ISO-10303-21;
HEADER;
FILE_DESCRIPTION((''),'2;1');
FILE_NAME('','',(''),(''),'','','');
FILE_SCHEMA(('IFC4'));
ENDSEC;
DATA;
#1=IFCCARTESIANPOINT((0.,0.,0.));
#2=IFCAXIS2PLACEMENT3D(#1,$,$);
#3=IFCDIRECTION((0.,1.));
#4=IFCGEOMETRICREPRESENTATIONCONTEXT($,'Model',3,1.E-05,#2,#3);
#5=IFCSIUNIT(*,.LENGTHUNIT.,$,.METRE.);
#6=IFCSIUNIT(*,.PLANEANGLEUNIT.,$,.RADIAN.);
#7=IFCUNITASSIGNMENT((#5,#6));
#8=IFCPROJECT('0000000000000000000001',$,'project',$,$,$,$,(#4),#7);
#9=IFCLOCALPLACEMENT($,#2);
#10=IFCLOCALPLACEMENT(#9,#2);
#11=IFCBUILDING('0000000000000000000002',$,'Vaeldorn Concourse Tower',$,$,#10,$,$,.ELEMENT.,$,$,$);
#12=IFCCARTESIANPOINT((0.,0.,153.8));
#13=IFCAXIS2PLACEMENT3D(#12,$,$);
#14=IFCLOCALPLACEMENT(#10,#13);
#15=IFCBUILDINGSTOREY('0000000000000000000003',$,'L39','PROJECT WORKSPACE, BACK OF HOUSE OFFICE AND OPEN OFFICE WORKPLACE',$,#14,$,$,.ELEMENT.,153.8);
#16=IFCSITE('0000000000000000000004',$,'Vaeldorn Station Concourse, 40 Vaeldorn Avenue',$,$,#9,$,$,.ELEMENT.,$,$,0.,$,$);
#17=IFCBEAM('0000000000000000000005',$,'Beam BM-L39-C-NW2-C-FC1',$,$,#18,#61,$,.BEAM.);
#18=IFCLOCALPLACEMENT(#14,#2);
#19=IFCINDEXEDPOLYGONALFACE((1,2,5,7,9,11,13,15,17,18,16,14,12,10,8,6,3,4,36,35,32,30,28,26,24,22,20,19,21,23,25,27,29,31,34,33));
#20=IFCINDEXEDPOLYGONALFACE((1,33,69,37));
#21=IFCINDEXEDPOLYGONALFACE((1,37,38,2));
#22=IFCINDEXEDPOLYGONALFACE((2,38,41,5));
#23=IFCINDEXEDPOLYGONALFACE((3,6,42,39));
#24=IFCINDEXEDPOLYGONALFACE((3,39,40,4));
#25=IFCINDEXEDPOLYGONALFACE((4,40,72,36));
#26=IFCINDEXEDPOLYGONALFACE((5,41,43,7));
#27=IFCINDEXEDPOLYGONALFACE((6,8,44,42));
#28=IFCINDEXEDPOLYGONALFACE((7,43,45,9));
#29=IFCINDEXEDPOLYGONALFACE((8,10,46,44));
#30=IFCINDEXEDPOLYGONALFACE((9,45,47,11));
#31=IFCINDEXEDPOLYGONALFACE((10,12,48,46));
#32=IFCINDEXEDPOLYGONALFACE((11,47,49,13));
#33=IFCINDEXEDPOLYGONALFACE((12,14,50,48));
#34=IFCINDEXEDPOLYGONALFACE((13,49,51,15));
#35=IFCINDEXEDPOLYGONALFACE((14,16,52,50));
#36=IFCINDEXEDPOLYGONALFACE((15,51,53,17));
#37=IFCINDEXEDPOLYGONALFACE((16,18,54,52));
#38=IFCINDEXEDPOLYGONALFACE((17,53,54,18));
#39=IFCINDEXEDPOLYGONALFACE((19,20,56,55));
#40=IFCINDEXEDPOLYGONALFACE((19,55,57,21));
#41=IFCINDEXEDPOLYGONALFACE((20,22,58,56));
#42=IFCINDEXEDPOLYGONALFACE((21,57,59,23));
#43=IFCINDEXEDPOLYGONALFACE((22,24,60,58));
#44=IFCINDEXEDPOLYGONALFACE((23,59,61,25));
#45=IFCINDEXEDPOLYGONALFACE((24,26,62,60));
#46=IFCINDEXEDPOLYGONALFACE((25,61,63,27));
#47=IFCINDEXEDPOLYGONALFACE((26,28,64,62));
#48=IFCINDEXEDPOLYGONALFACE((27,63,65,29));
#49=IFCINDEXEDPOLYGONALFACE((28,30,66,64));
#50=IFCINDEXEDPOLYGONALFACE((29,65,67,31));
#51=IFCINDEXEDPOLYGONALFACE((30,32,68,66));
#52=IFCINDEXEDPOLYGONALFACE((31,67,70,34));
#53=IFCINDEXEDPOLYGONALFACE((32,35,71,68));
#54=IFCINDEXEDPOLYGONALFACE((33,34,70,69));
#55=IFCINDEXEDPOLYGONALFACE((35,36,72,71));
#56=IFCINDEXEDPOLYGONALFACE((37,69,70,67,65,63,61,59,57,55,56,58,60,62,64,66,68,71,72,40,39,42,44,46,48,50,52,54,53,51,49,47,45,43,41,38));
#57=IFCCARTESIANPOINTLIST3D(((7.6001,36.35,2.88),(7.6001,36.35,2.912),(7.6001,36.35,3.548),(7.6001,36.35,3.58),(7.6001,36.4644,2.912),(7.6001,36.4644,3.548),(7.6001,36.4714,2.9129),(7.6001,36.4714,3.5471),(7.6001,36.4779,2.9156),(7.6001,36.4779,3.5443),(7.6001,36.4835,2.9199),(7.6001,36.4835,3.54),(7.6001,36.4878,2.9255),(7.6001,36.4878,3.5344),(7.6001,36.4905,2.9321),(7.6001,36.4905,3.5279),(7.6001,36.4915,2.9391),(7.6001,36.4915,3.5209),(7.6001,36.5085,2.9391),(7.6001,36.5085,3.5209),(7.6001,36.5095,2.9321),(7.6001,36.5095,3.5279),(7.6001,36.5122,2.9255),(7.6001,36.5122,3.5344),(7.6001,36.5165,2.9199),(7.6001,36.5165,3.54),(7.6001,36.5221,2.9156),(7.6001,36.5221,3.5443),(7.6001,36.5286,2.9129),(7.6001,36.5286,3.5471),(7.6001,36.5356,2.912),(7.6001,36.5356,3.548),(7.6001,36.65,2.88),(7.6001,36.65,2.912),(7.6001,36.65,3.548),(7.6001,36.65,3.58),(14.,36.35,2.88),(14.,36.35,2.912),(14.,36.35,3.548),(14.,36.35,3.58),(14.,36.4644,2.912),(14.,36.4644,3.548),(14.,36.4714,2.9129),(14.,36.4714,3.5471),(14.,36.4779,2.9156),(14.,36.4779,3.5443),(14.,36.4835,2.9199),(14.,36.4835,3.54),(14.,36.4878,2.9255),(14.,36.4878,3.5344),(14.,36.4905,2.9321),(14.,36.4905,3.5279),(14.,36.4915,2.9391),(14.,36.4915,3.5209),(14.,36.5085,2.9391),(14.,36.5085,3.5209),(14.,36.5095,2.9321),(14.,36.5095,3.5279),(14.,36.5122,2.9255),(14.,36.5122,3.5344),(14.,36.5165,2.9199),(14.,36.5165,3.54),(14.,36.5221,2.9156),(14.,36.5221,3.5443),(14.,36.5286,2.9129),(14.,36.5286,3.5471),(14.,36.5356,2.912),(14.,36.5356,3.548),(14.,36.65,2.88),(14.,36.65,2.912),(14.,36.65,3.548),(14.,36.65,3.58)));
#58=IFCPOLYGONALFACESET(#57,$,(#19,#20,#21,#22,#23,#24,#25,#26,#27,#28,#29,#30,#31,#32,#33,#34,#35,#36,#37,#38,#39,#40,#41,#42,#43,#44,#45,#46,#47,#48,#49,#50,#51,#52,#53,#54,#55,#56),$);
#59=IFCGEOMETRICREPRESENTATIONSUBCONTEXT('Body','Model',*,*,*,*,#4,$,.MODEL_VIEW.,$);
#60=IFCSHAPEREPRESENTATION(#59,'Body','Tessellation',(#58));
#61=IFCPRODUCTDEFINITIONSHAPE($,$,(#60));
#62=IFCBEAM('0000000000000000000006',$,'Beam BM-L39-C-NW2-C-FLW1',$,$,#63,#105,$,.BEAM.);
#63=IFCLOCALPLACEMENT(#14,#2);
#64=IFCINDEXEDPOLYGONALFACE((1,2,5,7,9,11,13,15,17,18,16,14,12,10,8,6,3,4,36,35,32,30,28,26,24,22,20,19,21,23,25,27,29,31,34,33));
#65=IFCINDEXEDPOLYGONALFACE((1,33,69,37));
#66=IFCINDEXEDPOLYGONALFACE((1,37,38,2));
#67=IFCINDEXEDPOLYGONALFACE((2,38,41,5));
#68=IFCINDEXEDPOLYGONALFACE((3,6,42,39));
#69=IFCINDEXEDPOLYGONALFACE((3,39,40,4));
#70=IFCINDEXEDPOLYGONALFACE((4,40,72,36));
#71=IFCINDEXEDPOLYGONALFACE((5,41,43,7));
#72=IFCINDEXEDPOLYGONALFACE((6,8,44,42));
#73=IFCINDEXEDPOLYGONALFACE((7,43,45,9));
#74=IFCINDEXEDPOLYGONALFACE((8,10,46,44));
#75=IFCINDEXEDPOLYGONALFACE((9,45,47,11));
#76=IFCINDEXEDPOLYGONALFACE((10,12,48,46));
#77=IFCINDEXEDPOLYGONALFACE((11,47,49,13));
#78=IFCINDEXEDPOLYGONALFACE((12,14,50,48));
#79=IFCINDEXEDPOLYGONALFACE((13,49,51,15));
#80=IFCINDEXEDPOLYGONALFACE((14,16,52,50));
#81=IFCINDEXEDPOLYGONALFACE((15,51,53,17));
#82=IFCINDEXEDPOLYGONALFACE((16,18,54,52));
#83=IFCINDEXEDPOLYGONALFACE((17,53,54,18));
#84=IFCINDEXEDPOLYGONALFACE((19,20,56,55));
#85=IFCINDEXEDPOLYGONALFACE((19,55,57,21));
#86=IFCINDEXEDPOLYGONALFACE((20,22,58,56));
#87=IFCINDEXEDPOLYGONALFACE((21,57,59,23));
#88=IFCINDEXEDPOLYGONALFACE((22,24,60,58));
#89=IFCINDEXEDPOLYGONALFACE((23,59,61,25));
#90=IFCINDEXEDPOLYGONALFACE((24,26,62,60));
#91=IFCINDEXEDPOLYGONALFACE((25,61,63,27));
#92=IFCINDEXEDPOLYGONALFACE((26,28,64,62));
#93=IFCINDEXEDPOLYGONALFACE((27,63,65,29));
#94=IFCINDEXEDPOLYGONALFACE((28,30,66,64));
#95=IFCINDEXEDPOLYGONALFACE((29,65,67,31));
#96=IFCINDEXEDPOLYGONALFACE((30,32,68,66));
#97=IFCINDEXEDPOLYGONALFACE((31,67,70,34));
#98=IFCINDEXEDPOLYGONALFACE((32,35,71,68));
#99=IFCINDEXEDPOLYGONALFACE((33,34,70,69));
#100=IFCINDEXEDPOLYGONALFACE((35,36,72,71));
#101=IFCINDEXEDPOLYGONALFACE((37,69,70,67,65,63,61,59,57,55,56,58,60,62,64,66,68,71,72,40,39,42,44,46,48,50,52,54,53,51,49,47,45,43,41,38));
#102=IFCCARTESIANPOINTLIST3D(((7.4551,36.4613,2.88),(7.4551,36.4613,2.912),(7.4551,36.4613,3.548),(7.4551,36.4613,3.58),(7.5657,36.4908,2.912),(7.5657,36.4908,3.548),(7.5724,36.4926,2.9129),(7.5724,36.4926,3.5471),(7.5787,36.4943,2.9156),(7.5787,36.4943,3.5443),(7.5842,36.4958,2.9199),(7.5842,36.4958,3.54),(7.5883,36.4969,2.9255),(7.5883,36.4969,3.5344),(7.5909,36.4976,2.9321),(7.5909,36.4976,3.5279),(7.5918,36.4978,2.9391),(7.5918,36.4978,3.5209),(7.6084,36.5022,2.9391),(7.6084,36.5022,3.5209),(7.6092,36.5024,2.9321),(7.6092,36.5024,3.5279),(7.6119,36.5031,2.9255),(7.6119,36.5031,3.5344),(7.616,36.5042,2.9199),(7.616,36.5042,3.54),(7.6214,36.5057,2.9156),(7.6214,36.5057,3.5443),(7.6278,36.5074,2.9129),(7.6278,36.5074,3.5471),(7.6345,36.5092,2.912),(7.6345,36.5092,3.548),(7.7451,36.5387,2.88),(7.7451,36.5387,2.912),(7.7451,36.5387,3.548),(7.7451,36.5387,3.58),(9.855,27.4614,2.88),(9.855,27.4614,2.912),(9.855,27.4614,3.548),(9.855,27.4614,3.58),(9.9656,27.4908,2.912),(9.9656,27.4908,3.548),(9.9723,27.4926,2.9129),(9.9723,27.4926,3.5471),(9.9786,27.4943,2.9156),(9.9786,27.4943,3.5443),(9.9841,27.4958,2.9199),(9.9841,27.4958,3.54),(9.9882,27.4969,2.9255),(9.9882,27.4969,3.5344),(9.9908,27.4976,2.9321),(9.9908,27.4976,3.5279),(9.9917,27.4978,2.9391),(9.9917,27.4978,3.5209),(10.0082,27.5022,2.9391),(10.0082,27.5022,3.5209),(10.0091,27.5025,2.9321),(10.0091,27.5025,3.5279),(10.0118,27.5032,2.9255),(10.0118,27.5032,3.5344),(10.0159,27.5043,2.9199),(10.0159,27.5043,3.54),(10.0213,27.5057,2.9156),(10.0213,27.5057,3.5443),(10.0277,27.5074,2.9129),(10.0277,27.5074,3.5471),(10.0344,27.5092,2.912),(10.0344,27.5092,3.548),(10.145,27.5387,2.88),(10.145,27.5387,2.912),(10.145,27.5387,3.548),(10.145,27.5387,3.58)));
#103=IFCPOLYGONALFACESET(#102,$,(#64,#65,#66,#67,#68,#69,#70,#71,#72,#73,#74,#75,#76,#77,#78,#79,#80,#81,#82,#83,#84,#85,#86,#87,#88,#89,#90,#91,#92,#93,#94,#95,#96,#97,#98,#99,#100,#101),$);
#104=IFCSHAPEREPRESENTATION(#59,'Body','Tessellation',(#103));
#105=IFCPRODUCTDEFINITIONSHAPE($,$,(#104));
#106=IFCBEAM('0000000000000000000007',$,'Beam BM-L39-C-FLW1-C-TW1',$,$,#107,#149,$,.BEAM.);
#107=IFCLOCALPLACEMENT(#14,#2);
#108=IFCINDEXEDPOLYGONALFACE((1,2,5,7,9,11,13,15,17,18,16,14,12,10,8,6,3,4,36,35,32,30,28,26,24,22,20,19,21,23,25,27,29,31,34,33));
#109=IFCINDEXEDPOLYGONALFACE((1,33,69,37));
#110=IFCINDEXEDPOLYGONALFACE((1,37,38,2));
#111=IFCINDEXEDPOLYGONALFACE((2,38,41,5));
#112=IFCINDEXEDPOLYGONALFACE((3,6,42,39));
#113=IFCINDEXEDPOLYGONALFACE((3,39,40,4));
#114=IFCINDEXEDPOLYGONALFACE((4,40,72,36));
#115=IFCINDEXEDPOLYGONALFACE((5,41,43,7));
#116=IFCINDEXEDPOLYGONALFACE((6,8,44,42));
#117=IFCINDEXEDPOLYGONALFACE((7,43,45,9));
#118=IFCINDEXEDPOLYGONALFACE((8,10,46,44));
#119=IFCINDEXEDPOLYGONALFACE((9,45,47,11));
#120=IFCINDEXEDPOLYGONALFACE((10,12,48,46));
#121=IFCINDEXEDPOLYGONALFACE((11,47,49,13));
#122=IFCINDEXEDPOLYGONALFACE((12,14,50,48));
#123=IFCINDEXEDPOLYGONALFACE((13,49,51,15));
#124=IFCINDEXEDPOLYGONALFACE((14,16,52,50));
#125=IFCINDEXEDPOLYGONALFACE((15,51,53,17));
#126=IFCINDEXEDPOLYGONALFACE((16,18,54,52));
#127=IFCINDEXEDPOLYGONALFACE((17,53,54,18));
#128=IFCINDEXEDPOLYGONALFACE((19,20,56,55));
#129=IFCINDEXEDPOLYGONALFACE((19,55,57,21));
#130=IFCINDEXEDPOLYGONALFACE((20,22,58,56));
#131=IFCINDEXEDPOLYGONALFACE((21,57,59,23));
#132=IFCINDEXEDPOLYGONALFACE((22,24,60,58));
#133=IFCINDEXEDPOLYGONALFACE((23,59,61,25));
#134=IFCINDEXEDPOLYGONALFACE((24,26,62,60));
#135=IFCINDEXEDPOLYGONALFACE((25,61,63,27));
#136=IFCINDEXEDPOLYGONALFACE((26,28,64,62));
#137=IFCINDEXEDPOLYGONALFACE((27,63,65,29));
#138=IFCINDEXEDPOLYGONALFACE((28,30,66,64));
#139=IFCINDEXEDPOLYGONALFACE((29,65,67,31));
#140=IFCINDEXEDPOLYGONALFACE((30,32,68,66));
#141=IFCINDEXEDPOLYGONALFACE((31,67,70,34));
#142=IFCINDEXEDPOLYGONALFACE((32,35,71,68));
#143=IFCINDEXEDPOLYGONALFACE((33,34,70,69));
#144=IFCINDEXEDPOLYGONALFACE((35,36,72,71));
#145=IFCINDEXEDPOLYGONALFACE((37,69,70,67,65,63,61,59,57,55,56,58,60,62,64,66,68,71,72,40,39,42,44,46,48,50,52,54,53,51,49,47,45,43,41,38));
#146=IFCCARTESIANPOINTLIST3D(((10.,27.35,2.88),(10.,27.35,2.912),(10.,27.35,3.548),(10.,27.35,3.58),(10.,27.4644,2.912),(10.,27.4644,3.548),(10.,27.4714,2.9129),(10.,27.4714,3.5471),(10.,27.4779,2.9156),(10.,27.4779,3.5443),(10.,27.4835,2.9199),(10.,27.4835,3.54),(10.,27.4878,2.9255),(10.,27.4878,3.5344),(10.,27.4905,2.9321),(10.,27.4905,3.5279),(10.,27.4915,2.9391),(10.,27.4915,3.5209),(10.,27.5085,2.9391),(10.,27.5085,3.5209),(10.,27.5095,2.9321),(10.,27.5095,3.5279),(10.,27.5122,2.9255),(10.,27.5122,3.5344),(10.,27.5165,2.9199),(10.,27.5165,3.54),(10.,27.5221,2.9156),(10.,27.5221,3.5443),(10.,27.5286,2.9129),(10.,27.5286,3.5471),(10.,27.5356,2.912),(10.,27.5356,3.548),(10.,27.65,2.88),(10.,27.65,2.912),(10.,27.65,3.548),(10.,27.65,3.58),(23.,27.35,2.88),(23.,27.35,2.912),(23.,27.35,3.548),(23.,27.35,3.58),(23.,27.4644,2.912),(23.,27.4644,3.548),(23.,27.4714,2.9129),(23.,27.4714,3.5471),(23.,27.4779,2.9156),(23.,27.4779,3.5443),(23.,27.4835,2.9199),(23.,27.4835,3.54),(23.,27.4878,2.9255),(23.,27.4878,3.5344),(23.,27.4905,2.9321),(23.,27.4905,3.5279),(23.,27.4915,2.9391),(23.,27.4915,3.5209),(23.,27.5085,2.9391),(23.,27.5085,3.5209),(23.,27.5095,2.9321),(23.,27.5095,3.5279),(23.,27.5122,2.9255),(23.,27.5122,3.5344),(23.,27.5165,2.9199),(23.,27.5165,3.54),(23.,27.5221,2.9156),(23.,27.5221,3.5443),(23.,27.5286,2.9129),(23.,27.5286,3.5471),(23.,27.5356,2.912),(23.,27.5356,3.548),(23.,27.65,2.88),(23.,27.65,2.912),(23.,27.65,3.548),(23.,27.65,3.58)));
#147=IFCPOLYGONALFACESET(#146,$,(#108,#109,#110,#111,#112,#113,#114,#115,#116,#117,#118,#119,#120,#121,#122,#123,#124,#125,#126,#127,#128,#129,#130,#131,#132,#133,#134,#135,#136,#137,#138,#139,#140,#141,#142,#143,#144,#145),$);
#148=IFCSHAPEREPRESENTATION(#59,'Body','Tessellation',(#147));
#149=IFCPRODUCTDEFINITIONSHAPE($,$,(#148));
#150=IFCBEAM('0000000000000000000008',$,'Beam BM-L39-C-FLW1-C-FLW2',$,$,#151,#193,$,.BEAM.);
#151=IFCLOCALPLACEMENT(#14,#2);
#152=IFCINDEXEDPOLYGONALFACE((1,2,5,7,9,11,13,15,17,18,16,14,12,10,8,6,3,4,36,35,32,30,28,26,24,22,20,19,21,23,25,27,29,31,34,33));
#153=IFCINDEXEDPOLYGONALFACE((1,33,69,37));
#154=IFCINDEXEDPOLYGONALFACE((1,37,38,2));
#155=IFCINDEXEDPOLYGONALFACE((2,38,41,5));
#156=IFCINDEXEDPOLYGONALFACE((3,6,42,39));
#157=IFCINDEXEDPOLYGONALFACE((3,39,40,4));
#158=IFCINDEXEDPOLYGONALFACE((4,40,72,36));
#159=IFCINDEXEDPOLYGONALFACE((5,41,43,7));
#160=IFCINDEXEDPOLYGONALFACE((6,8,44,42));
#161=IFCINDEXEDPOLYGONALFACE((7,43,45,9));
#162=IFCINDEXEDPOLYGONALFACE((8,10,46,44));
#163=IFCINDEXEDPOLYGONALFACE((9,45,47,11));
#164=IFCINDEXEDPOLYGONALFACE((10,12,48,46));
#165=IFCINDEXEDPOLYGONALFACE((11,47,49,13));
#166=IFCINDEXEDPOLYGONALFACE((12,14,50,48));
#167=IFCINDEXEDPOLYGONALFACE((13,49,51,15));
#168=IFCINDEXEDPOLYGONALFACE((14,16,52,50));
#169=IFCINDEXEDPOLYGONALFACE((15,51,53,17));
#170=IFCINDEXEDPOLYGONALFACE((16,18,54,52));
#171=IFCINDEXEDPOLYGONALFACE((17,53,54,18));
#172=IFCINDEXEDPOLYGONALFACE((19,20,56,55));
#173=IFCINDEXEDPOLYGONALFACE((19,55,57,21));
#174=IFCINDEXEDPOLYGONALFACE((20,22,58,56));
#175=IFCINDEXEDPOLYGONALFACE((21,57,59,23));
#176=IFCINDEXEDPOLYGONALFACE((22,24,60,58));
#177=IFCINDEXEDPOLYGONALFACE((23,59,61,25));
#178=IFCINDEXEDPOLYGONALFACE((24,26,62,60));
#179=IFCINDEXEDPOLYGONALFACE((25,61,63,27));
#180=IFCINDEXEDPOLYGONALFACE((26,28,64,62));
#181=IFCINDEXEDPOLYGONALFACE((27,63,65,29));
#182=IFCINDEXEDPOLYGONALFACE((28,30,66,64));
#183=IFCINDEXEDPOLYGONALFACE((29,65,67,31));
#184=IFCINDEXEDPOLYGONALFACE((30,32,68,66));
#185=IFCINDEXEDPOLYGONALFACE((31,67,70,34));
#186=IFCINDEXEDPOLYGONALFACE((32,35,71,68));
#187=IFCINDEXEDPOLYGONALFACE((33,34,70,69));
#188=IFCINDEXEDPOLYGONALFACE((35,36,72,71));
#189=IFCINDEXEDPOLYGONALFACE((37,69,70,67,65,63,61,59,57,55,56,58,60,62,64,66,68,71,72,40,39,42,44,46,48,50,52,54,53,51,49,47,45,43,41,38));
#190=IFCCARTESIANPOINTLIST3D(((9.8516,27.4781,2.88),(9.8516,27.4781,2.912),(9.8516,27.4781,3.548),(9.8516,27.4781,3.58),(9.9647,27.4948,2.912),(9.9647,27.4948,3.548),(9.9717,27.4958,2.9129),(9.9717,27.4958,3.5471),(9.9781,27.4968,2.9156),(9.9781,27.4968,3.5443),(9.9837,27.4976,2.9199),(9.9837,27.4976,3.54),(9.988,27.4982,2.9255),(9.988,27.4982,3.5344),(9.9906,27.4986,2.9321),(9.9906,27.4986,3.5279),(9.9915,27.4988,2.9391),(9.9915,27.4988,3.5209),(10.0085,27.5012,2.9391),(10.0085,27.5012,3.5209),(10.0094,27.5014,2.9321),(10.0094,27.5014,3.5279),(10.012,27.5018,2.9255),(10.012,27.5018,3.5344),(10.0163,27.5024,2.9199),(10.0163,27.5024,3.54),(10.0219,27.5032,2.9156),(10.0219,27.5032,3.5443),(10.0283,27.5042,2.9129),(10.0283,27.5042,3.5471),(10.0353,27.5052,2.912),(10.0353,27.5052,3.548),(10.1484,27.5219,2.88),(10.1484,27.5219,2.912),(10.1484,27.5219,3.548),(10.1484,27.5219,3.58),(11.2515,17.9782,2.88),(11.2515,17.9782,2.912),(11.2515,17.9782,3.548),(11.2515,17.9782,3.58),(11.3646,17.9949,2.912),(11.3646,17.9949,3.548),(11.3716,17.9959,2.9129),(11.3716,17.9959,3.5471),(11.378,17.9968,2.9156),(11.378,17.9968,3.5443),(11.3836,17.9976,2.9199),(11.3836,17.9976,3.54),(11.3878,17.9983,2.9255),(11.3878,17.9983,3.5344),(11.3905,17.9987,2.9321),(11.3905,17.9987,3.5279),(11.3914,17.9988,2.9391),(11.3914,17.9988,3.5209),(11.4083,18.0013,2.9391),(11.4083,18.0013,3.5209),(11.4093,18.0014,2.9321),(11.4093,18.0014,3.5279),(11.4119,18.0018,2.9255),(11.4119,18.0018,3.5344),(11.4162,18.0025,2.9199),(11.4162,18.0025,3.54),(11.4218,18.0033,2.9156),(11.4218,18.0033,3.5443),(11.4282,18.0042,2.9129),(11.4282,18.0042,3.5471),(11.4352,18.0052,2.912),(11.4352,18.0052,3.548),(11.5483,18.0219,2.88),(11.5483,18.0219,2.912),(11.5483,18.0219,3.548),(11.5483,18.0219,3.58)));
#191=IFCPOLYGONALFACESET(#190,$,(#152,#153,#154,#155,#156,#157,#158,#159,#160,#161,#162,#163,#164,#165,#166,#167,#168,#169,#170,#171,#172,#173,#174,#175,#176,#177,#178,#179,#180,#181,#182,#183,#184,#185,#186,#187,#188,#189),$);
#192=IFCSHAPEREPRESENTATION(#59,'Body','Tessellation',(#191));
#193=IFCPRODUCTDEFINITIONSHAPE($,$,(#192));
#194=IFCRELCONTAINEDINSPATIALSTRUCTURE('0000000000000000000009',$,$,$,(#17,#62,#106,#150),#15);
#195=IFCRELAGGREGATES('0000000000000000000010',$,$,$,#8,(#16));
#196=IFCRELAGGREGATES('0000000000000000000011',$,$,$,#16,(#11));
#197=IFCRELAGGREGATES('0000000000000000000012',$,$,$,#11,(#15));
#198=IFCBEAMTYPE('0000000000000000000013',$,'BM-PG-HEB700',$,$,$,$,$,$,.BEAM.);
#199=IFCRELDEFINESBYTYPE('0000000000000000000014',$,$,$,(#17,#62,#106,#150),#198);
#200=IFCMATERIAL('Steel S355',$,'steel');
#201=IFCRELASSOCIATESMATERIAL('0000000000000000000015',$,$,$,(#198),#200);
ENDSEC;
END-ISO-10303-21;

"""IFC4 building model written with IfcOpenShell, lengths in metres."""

from ifc_helpers import new_model, si_unit, direction, frame, origin, origin_2d, place, context, subcontext, project, spatial, i_section, extrude, source, transform, mapped, material, material_profile, profile_set, type_object, element, save


model = new_model("IFC4")

# Units and contexts
model_context = context("Model", 3, precision=1e-05, world=origin(), true_north=direction((0.0, 1.0)))
body_context = subcontext(model_context, "Body", "Model", "MODEL_VIEW")
ifc_project = project(units=[si_unit("LENGTHUNIT", "METRE"), si_unit("PLANEANGLEUNIT", "RADIAN")], contexts=[model_context])

# Site, building, storey
site_placement = place(None, origin())
site = spatial("IfcSite", under=ifc_project, at=site_placement, Name="Vaeldorn Station Concourse, 40 Vaeldorn Avenue", CompositionType="ELEMENT", RefElevation=0.0)
building_placement = place(site_placement, origin())
building = spatial("IfcBuilding", under=site, at=building_placement, Name="Vaeldorn Concourse Tower", CompositionType="ELEMENT")
storey_placement = place(building_placement, frame((0.0, 0.0, 153.8)))
storey = spatial("IfcBuildingStorey", under=building, at=storey_placement, Name="L39", Description="PROJECT WORKSPACE, BACK OF HOUSE OFFICE AND OPEN OFFICE WORKPLACE", CompositionType="ELEMENT", Elevation=153.8)

# Beams
ifc_material_1 = material(Name="Steel S355", Category="steel")
ifc_material_profile_1 = material_profile(ifc_material_1, i_section(OverallWidth=0.3, OverallDepth=0.7, WebThickness=0.0171, FlangeThickness=0.032, FilletRadius=0.0271, at=origin_2d()), Name="HEB 700")
ifc_profile_set_1 = profile_set([ifc_material_profile_1], Name="Steel S355")
beam_type_1 = type_object("IfcBeamType", Name="BM-PG-HEB700", PredefinedType="BEAM", material=ifc_profile_set_1)
shared_shape_1 = source(origin(), body_context, "Body", "SweptSolid", [
    extrude(i_section(OverallWidth=0.3, OverallDepth=0.7, WebThickness=0.0171, FlangeThickness=0.032, FilletRadius=0.0271, at=origin_2d()), origin(), (0.0, 0.0, 1.0), 6.3999),
])
beam_1_placement = place(storey_placement, frame((7.6001, 36.5, 3.23), z_axis=(1.0, 0.0, 0.0), x_axis=(0.0, 1.0, 0.0)))
element("IfcBeam", 1, at=beam_1_placement, inside=storey, type_object=beam_type_1, Name="Beam BM-L39-C-NW2-C-FC1", PredefinedType="BEAM", context=body_context, shape_type="MappedRepresentation", body=[
    mapped(shared_shape_1, transform((0.0, 0.0, 0.0), scale=1.0)),
])
shared_shape_2 = source(origin(), body_context, "Body", "SweptSolid", [
    extrude(i_section(OverallWidth=0.3, OverallDepth=0.7, WebThickness=0.0171, FlangeThickness=0.032, FilletRadius=0.0271, at=origin_2d()), origin(), (0.0, 0.0, 1.0), 9.3145),
])
beam_2_placement = place(storey_placement, frame((7.6001, 36.5, 3.23), z_axis=(0.257653, -0.966238, 0.0), x_axis=(0.966238, 0.257653, 0.0)))
element("IfcBeam", 2, at=beam_2_placement, inside=storey, type_object=beam_type_1, Name="Beam BM-L39-C-NW2-C-FLW1", PredefinedType="BEAM", context=body_context, shape_type="MappedRepresentation", body=[
    mapped(shared_shape_2, transform((0.0, 0.0, 0.0), scale=1.0)),
])
shared_shape_3 = source(origin(), body_context, "Body", "SweptSolid", [
    extrude(i_section(OverallWidth=0.3, OverallDepth=0.7, WebThickness=0.0171, FlangeThickness=0.032, FilletRadius=0.0271, at=origin_2d()), origin(), (0.0, 0.0, 1.0), 13.0),
])
beam_3_placement = place(storey_placement, frame((10.0, 27.5, 3.23), z_axis=(1.0, 0.0, 0.0), x_axis=(0.0, 1.0, 0.0)))
element("IfcBeam", 3, at=beam_3_placement, inside=storey, type_object=beam_type_1, Name="Beam BM-L39-C-FLW1-C-TW1", PredefinedType="BEAM", context=body_context, shape_type="MappedRepresentation", body=[
    mapped(shared_shape_3, transform((0.0, 0.0, 0.0), scale=1.0)),
])
shared_shape_4 = source(origin(), body_context, "Body", "SweptSolid", [
    extrude(i_section(OverallWidth=0.3, OverallDepth=0.7, WebThickness=0.0171, FlangeThickness=0.032, FilletRadius=0.0271, at=origin_2d()), origin(), (0.0, 0.0, 1.0), 9.6025),
])
beam_4_placement = place(storey_placement, frame((10.0, 27.5, 3.23), z_axis=(0.145784, -0.989316, 0.0), x_axis=(0.989316, 0.145784, 0.0)))
element("IfcBeam", 4, at=beam_4_placement, inside=storey, type_object=beam_type_1, Name="Beam BM-L39-C-FLW1-C-FLW2", PredefinedType="BEAM", context=body_context, shape_type="MappedRepresentation", body=[
    mapped(shared_shape_4, transform((0.0, 0.0, 0.0), scale=1.0)),
])

save(model, "model.ifc")
